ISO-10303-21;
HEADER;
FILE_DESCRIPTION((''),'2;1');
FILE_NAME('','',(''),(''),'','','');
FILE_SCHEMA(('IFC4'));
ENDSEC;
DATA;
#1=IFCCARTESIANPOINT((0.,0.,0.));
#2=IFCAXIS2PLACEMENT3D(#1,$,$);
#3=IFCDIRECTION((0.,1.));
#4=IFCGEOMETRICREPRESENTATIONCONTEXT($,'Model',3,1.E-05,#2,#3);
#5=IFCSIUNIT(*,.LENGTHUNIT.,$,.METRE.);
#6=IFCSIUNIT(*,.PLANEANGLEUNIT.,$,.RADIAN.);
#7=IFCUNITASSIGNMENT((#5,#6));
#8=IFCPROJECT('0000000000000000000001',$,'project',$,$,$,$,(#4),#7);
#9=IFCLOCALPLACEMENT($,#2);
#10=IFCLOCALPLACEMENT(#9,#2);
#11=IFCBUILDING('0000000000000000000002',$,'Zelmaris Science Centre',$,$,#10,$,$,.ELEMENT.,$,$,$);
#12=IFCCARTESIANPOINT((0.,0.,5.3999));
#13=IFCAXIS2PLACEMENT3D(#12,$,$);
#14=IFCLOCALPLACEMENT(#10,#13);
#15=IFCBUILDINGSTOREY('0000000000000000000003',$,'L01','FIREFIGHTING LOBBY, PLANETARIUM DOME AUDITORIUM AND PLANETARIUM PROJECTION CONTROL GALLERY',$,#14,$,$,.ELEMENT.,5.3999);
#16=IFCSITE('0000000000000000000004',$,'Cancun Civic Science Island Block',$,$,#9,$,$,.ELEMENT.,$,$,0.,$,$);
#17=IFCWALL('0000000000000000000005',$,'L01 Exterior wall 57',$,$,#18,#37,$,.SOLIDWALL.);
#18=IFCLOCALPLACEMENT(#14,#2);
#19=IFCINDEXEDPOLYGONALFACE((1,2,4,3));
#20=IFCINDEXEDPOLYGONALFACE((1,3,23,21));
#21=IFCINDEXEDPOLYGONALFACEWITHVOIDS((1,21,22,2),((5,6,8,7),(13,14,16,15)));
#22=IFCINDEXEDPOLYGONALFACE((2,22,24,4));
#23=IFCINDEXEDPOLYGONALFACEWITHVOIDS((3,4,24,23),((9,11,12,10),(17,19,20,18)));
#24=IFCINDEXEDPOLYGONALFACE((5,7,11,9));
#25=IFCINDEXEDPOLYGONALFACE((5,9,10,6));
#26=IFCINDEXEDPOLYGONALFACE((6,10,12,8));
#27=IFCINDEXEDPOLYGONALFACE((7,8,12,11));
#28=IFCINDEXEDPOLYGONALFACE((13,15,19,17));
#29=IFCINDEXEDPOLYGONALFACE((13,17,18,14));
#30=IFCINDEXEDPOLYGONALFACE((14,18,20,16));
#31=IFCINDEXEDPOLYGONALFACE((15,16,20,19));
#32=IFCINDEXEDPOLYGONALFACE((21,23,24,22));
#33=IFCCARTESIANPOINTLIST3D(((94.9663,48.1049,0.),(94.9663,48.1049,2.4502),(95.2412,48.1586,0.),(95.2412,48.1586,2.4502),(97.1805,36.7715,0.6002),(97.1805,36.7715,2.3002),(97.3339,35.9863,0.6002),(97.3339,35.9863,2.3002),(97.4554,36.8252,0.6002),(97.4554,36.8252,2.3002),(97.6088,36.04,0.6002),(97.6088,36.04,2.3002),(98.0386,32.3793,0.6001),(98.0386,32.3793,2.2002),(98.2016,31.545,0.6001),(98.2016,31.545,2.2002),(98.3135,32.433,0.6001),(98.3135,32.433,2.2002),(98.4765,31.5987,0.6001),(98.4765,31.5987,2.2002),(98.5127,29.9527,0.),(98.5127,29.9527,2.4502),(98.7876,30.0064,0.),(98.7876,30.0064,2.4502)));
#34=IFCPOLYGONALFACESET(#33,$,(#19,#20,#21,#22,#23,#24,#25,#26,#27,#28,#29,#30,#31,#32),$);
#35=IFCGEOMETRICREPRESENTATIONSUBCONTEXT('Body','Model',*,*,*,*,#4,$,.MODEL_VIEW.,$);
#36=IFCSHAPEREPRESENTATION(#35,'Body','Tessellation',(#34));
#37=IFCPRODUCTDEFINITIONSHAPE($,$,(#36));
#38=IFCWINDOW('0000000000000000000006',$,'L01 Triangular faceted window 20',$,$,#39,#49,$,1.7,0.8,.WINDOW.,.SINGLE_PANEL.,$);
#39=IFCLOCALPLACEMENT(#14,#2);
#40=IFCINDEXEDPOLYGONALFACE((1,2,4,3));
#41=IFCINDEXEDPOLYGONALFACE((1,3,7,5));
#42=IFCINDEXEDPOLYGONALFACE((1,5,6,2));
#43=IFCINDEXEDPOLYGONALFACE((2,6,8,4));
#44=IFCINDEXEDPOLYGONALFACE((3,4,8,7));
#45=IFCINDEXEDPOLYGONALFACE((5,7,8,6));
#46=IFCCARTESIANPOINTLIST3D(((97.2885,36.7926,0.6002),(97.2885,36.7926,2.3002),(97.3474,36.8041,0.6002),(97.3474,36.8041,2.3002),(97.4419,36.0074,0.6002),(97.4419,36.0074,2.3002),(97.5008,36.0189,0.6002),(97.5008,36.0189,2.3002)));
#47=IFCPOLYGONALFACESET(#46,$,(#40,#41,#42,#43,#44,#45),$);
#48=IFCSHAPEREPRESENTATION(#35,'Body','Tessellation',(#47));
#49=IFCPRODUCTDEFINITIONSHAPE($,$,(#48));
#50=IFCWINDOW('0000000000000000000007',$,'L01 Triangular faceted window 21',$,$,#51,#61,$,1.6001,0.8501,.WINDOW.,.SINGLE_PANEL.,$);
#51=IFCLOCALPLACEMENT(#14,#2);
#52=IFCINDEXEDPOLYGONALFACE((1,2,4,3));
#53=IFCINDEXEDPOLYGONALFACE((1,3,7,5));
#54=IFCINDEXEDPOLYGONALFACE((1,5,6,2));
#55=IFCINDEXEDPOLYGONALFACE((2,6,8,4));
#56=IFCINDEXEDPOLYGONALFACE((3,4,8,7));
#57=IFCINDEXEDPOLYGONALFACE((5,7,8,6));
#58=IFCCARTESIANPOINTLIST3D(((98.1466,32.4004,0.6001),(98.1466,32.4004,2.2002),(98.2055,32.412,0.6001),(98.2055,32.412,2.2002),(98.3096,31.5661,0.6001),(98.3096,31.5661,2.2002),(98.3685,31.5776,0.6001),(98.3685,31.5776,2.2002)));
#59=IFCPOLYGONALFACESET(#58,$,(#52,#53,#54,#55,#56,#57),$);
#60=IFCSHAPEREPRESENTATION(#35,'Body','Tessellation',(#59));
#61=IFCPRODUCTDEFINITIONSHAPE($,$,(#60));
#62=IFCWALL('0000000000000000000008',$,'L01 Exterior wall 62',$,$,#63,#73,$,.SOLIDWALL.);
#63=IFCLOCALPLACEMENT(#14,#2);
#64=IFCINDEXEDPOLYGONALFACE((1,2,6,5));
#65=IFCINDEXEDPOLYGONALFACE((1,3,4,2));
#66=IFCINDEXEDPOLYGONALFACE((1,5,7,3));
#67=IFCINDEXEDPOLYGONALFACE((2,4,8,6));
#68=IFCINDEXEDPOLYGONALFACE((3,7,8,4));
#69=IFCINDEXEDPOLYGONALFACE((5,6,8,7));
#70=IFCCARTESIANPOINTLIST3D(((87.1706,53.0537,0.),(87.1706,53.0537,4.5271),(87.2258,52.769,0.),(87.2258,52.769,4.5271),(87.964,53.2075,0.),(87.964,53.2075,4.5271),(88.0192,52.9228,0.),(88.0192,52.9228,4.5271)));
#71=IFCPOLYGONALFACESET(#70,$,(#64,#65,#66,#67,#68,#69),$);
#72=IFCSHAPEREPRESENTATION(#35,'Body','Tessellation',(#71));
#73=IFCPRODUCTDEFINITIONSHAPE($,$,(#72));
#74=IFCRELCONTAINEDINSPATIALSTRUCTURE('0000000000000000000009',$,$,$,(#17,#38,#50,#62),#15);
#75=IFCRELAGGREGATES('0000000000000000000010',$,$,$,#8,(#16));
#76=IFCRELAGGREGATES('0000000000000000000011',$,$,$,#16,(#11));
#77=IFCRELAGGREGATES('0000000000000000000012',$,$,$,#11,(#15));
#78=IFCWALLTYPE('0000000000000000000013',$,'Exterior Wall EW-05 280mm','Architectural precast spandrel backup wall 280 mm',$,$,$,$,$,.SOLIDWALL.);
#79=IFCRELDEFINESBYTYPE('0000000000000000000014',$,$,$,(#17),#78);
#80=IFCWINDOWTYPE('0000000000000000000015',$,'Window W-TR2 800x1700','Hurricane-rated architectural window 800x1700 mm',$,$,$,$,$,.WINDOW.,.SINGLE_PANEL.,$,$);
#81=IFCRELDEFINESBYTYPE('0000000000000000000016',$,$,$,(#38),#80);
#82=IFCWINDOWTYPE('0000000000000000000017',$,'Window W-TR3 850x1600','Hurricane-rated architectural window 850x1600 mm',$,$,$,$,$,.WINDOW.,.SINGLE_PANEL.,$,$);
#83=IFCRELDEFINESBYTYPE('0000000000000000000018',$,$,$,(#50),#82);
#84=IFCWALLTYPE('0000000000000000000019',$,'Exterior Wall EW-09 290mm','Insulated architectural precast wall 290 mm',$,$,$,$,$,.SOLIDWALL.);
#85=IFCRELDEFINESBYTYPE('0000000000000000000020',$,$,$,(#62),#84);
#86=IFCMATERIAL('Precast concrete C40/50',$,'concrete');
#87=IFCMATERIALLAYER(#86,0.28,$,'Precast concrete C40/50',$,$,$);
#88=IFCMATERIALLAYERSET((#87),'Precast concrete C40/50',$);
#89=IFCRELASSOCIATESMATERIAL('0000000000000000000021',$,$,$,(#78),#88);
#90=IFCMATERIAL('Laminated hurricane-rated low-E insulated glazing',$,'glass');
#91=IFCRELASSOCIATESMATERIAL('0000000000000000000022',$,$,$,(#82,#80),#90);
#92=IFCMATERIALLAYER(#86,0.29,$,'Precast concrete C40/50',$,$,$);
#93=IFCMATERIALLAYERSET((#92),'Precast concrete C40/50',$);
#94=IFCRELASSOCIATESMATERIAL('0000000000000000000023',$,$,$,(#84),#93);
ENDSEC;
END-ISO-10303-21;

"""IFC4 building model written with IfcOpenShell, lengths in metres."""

from ifc_helpers import new_model, si_unit, direction, frame, frame_2d, origin, place, context, subcontext, project, spatial, rectangle, extrude, material, layer, layer_set, type_object, element, fill, save


model = new_model("IFC4")

# Units and contexts
model_context = context("Model", 3, precision=1e-05, world=origin(), true_north=direction((0.0, 1.0)))
body_context = subcontext(model_context, "Body", "Model", "MODEL_VIEW")
ifc_project = project(units=[si_unit("LENGTHUNIT", "METRE"), si_unit("PLANEANGLEUNIT", "RADIAN")], contexts=[model_context])

# Site, building, storey
site_placement = place(None, origin())
site = spatial("IfcSite", under=ifc_project, at=site_placement, Name="Cancun Civic Science Island Block", CompositionType="ELEMENT", RefElevation=0.0)
building_placement = place(site_placement, origin())
building = spatial("IfcBuilding", under=site, at=building_placement, Name="Zelmaris Science Centre", CompositionType="ELEMENT")
storey_placement = place(building_placement, frame((0.0, 0.0, 5.3999)))
storey = spatial("IfcBuildingStorey", under=building, at=storey_placement, Name="L01", Description="FIREFIGHTING LOBBY, PLANETARIUM DOME AUDITORIUM AND PLANETARIUM PROJECTION CONTROL GALLERY", CompositionType="ELEMENT", Elevation=5.3999)

# Shared definitions
ifc_material_1 = material(Name="Laminated hurricane-rated low-E insulated glazing", Category="glass")

# Shared definitions
ifc_material_2 = material(Name="Precast concrete C40/50", Category="concrete")

# Wall, openings, windows
ifc_layer_1 = layer(ifc_material_2, 0.28, Name="Precast concrete C40/50")
ifc_layer_set_1 = layer_set([ifc_layer_1], Name="Precast concrete C40/50")
wall_type_1 = type_object("IfcWallType", Name="Exterior Wall EW-05 280mm", Description="Architectural precast spandrel backup wall 280 mm", PredefinedType="SOLIDWALL", material=ifc_layer_set_1)
window_type_1 = type_object("IfcWindowType", Name="Window W-TR3 850x1600", Description="Hurricane-rated architectural window 850x1600 mm", PartitioningType="SINGLE_PANEL", PredefinedType="WINDOW", material=ifc_material_1)
wall_1_placement = place(storey_placement, frame((95.1038, 48.1316, 0.0), z_axis=(0.0, 0.0, 1.0), x_axis=(0.191745, -0.981445, 0.0)))
wall_1 = element("IfcWall", 1, at=wall_1_placement, inside=storey, type_object=wall_type_1, Name="L01 Exterior wall 57", PredefinedType="SOLIDWALL", context=body_context, shape_type="SweptSolid", body=[
    extrude(rectangle(XDim=18.4954, YDim=0.28, at=frame_2d((9.2476, 0.0))), origin(), (0.0, 0.0, 1.0), 2.4502),
])
opening_1_placement = place(wall_1_placement, frame((11.5476, 0.0, 0.6001)))
opening_1 = element("IfcOpeningElement", 2, at=opening_1_placement, cuts=wall_1, PredefinedType="OPENING", context=body_context, shape_type="SweptSolid", body=[
    extrude(rectangle(XDim=0.8, YDim=1.7, at=frame_2d((0.3999, 0.8501))), frame((0.0, 0.1499, 0.0), z_axis=(0.0, -1.0, 0.0), x_axis=(1.0, 0.0, 0.0)), (0.0, 0.0, 1.0), 0.3),
])
opening_2_placement = place(wall_1_placement, frame((16.0227, 0.0, 0.6001)))
opening_2 = element("IfcOpeningElement", 3, at=opening_2_placement, cuts=wall_1, PredefinedType="OPENING", context=body_context, shape_type="SweptSolid", body=[
    extrude(rectangle(XDim=0.8501, YDim=1.6001, at=frame_2d((0.425, 0.8))), frame((0.0, 0.1499, 0.0), z_axis=(0.0, -1.0, 0.0), x_axis=(1.0, 0.0, 0.0)), (0.0, 0.0, 1.0), 0.3),
])
window_type_2 = type_object("IfcWindowType", Name="Window W-TR2 800x1700", Description="Hurricane-rated architectural window 800x1700 mm", PartitioningType="SINGLE_PANEL", PredefinedType="WINDOW", material=ifc_material_1)
window_1_placement = place(opening_1_placement, origin())
window_1 = element("IfcWindow", 4, at=window_1_placement, inside=storey, type_object=window_type_2, Name="L01 Triangular faceted window 20", OverallHeight=1.7, OverallWidth=0.8, PartitioningType="SINGLE_PANEL", PredefinedType="WINDOW", context=body_context, shape_type="SweptSolid", body=[
    extrude(rectangle(XDim=0.8, YDim=1.7, at=frame_2d((0.3999, 0.8501))), frame((0.0, 0.03, 0.0), z_axis=(0.0, -1.0, 0.0), x_axis=(1.0, 0.0, 0.0)), (0.0, 0.0, 1.0), 0.0601),
])
fill(opening_1, window_1)
window_2_placement = place(opening_2_placement, origin())
window_2 = element("IfcWindow", 5, at=window_2_placement, inside=storey, type_object=window_type_1, Name="L01 Triangular faceted window 21", OverallHeight=1.6001, OverallWidth=0.8501, PartitioningType="SINGLE_PANEL", PredefinedType="WINDOW", context=body_context, shape_type="SweptSolid", body=[
    extrude(rectangle(XDim=0.8501, YDim=1.6001, at=frame_2d((0.425, 0.8))), frame((0.0, 0.03, 0.0), z_axis=(0.0, -1.0, 0.0), x_axis=(1.0, 0.0, 0.0)), (0.0, 0.0, 1.0), 0.0601),
])
fill(opening_2, window_2)

# Wall
ifc_layer_2 = layer(ifc_material_2, 0.29, Name="Precast concrete C40/50")
ifc_layer_set_2 = layer_set([ifc_layer_2], Name="Precast concrete C40/50")
wall_type_2 = type_object("IfcWallType", Name="Exterior Wall EW-09 290mm", Description="Insulated architectural precast wall 290 mm", PredefinedType="SOLIDWALL", material=ifc_layer_set_2)
wall_2_placement = place(storey_placement, frame((87.1982, 52.9114, 0.0), z_axis=(0.0, 0.0, 1.0), x_axis=(0.981725, 0.190304, 0.0)))
element("IfcWall", 6, at=wall_2_placement, inside=storey, type_object=wall_type_2, Name="L01 Exterior wall 62", PredefinedType="SOLIDWALL", context=body_context, shape_type="SweptSolid", body=[
    extrude(rectangle(XDim=0.8081, YDim=0.29, at=frame_2d((0.4041, 0.0))), origin(), (0.0, 0.0, 1.0), 4.5271),
])

save(model, "model.ifc")
